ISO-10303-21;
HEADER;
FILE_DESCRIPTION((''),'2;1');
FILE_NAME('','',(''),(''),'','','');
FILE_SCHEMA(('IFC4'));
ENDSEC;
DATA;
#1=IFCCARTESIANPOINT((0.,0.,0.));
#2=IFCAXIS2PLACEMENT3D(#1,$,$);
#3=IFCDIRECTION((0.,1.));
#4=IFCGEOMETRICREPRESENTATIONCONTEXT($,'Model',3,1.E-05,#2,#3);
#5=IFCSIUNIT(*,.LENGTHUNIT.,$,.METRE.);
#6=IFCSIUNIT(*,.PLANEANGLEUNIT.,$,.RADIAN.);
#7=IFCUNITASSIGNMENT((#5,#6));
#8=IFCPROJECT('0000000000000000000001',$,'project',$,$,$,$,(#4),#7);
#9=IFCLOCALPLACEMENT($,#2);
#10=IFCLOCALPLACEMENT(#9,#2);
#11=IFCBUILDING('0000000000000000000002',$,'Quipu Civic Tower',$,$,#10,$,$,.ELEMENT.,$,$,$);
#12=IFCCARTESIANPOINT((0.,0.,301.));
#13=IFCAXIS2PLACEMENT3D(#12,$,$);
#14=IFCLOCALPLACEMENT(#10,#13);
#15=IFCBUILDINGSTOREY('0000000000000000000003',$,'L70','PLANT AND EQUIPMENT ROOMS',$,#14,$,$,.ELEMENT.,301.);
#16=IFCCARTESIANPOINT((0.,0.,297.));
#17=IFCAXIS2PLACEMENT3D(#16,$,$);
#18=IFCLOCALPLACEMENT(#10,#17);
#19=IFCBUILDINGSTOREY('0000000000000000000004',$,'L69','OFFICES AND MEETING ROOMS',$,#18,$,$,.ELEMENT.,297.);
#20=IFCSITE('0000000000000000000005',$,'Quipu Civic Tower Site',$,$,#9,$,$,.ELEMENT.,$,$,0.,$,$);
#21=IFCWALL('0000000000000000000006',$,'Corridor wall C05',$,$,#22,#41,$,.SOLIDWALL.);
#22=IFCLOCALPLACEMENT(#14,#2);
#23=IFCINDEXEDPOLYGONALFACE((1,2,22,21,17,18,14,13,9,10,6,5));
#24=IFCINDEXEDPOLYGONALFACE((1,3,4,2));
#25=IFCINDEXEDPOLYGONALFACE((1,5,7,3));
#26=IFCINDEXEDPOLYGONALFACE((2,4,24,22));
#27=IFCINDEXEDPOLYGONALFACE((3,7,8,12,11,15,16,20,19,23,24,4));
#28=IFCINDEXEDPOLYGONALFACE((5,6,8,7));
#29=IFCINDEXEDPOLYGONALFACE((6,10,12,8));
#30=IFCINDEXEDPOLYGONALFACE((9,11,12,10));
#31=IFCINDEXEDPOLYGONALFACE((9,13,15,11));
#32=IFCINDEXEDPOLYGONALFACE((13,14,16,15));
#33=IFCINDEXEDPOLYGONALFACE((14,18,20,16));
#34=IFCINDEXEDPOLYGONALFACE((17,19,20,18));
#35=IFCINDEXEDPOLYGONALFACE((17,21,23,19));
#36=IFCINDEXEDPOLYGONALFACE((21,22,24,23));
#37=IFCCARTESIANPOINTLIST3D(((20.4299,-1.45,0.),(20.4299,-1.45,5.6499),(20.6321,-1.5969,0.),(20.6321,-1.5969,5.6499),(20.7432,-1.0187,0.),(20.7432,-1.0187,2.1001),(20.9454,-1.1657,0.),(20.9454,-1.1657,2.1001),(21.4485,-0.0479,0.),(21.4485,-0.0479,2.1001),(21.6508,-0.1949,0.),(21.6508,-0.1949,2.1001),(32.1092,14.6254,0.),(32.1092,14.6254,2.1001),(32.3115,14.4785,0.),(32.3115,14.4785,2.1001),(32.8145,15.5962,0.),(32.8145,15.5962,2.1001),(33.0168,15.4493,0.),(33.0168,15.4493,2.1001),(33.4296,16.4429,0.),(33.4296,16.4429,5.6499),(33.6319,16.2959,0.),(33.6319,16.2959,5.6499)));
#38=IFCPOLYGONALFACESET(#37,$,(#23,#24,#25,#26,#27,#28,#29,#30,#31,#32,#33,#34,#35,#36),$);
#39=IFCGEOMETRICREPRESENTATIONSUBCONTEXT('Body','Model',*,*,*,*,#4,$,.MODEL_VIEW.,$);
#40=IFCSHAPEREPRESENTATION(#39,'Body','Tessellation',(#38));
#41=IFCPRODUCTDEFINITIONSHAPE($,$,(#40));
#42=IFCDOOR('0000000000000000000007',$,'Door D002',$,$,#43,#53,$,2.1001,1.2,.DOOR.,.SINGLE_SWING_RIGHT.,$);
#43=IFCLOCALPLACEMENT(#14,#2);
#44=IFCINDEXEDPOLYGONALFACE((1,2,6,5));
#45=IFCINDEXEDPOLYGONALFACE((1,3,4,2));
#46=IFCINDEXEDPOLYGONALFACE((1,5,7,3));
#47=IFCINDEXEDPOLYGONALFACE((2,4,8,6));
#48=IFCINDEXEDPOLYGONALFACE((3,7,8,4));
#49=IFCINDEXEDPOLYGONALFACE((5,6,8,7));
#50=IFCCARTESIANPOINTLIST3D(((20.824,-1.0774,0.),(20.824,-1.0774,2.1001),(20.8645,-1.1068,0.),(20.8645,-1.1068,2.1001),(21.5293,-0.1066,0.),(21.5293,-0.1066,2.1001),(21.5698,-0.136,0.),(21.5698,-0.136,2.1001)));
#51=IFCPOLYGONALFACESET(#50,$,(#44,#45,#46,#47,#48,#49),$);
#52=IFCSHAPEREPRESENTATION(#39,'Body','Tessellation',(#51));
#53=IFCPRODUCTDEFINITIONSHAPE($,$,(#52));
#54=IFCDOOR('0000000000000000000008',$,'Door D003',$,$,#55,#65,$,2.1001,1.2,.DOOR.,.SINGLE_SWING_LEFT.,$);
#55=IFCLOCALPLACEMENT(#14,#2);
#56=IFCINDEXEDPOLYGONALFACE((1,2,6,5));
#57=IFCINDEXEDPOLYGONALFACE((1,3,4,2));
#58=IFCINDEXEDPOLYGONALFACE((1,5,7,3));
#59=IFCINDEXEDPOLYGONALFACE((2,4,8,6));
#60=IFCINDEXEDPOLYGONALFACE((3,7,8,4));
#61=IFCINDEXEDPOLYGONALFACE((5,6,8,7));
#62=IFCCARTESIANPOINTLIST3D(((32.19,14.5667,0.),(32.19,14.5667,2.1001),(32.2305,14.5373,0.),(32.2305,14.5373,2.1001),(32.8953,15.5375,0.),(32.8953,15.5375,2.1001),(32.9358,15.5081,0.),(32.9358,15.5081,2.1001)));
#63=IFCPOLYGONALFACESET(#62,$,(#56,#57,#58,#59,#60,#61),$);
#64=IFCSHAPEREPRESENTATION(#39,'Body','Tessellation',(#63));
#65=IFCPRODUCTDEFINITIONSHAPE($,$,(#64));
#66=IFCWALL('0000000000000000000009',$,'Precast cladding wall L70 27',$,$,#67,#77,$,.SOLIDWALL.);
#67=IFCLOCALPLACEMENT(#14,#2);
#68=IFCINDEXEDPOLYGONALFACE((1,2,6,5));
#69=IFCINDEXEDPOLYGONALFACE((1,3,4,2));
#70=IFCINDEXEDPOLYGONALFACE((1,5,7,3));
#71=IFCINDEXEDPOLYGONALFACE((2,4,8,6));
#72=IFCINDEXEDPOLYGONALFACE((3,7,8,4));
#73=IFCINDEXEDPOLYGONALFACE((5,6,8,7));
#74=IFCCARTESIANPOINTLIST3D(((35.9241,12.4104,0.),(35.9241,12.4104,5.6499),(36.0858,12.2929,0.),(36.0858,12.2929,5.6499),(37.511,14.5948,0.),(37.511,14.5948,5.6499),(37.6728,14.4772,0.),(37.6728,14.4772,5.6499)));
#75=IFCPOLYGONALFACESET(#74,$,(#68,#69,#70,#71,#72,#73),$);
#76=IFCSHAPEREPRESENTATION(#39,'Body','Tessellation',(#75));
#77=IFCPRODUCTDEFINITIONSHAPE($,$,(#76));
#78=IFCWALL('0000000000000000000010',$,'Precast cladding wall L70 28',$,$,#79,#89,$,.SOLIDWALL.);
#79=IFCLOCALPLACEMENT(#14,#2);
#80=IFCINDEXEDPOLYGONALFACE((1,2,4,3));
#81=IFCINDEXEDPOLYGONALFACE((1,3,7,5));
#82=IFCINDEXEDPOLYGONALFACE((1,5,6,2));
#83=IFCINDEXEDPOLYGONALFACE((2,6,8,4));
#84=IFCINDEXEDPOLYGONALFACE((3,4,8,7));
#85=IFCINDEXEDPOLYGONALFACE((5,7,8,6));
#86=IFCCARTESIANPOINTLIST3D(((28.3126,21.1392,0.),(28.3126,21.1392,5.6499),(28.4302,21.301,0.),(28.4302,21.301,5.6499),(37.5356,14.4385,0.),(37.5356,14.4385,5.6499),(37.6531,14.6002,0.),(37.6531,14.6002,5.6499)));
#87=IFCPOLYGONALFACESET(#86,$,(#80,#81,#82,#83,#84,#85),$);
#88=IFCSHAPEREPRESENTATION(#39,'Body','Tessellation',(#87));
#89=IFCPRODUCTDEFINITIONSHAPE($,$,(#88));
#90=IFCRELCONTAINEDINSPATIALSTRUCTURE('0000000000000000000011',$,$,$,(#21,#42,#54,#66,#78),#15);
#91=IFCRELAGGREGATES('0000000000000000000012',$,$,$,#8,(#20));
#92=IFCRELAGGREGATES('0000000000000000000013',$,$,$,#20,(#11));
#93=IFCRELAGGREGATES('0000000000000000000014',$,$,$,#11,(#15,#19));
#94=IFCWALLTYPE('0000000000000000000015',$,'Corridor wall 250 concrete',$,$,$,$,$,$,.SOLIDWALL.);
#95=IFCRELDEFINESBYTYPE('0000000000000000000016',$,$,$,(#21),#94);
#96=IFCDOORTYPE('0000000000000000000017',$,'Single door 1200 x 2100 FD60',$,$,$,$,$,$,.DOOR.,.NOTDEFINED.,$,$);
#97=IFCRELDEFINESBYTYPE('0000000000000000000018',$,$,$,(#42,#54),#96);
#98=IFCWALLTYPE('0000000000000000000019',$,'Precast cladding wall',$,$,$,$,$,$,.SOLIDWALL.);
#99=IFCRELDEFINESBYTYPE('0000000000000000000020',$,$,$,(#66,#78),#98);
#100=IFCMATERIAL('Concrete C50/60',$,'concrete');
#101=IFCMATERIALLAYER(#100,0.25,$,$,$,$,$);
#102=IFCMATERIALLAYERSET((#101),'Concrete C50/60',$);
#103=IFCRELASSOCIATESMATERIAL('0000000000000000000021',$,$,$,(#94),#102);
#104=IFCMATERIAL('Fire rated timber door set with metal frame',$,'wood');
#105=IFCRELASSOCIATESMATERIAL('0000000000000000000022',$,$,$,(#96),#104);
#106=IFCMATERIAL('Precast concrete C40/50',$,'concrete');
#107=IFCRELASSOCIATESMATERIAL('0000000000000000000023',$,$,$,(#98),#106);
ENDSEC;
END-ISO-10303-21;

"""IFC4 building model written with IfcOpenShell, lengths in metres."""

from ifc_helpers import new_model, si_unit, direction, frame, frame_2d, origin, place, context, subcontext, project, spatial, rectangle, extrude, material, layer, layer_set, type_object, element, fill, save


model = new_model("IFC4")

# Units and contexts
model_context = context("Model", 3, precision=1e-05, world=origin(), true_north=direction((0.0, 1.0)))
body_context = subcontext(model_context, "Body", "Model", "MODEL_VIEW")
ifc_project = project(units=[si_unit("LENGTHUNIT", "METRE"), si_unit("PLANEANGLEUNIT", "RADIAN")], contexts=[model_context])

# Site, building, storey
site_placement = place(None, origin())
site = spatial("IfcSite", under=ifc_project, at=site_placement, Name="Quipu Civic Tower Site", CompositionType="ELEMENT", RefElevation=0.0)
building_placement = place(site_placement, origin())
building = spatial("IfcBuilding", under=site, at=building_placement, Name="Quipu Civic Tower", CompositionType="ELEMENT")
storey_1_placement = place(building_placement, frame((0.0, 0.0, 301.0)))
storey_1 = spatial("IfcBuildingStorey", under=building, at=storey_1_placement, Name="L70", Description="PLANT AND EQUIPMENT ROOMS", CompositionType="ELEMENT", Elevation=301.0)

# Shared definitions
storey_2_placement = place(building_placement, frame((0.0, 0.0, 297.0)))
storey_2 = spatial("IfcBuildingStorey", under=building, at=storey_2_placement, Name="L69", Description="OFFICES AND MEETING ROOMS", CompositionType="ELEMENT", Elevation=297.0)

# Wall, openings, doors
ifc_material_1 = material(Name="Concrete C50/60", Category="concrete")
ifc_layer_1 = layer(ifc_material_1, 0.25)
ifc_layer_set_1 = layer_set([ifc_layer_1], Name="Concrete C50/60")
wall_type_1 = type_object("IfcWallType", Name="Corridor wall 250 concrete", PredefinedType="SOLIDWALL", material=ifc_layer_set_1)
wall_1_placement = place(storey_1_placement, frame((33.5308, 16.3694, 0.0), z_axis=(0.0, 0.0, 1.0), x_axis=(-0.587781, -0.80902, 0.0)))
wall_1 = element("IfcWall", 1, at=wall_1_placement, inside=storey_1, type_object=wall_type_1, Name="Corridor wall C05", PredefinedType="SOLIDWALL", context=body_context, shape_type="SweptSolid", body=[
    extrude(rectangle(XDim=22.1167, YDim=0.25, at=frame_2d((11.0583, 0.0))), origin(), (0.0, 0.0, 1.0), 5.6499),
])
opening_1_placement = place(wall_1_placement, frame((20.3835, 0.0, 0.0)))
opening_1 = element("IfcOpeningElement", 2, at=opening_1_placement, cuts=wall_1, PredefinedType="OPENING", context=body_context, shape_type="SweptSolid", body=[
    extrude(rectangle(XDim=1.2, YDim=2.1001, at=frame_2d((0.6001, 1.05))), frame((0.0, 0.135, 0.0), z_axis=(0.0, -1.0, 0.0), x_axis=(1.0, 0.0, 0.0)), (0.0, 0.0, 1.0), 0.27),
])
opening_2_placement = place(wall_1_placement, frame((1.0464, 0.0, 0.0)))
opening_2 = element("IfcOpeningElement", 3, at=opening_2_placement, cuts=wall_1, PredefinedType="OPENING", context=body_context, shape_type="SweptSolid", body=[
    extrude(rectangle(XDim=1.2, YDim=2.1001, at=frame_2d((0.6001, 1.05))), frame((0.0, 0.135, 0.0), z_axis=(0.0, -1.0, 0.0), x_axis=(1.0, 0.0, 0.0)), (0.0, 0.0, 1.0), 0.27),
])
ifc_material_2 = material(Name="Fire rated timber door set with metal frame", Category="wood")
door_type = type_object("IfcDoorType", Name="Single door 1200 x 2100 FD60", OperationType="NOTDEFINED", PredefinedType="DOOR", material=ifc_material_2)
door_1_placement = place(opening_1_placement, origin())
door_1 = element("IfcDoor", 4, at=door_1_placement, inside=storey_1, type_object=door_type, Name="Door D002", OperationType="SINGLE_SWING_RIGHT", OverallHeight=2.1001, OverallWidth=1.2, PredefinedType="DOOR", context=body_context, shape_type="SweptSolid", body=[
    extrude(rectangle(XDim=1.2, YDim=2.1001, at=frame_2d((0.6001, 1.05))), frame((0.0, 0.0249, 0.0), z_axis=(0.0, -1.0, 0.0), x_axis=(1.0, 0.0, 0.0)), (0.0, 0.0, 1.0), 0.05),
])
fill(opening_1, door_1)
door_2_placement = place(opening_2_placement, origin())
door_2 = element("IfcDoor", 5, at=door_2_placement, inside=storey_1, type_object=door_type, Name="Door D003", OperationType="SINGLE_SWING_LEFT", OverallHeight=2.1001, OverallWidth=1.2, PredefinedType="DOOR", context=body_context, shape_type="SweptSolid", body=[
    extrude(rectangle(XDim=1.2, YDim=2.1001, at=frame_2d((0.6001, 1.05))), frame((0.0, 0.0249, 0.0), z_axis=(0.0, -1.0, 0.0), x_axis=(1.0, 0.0, 0.0)), (0.0, 0.0, 1.0), 0.05),
])
fill(opening_2, door_2)

# Walls
ifc_material_3 = material(Name="Precast concrete C40/50", Category="concrete")
wall_type_2 = type_object("IfcWallType", Name="Precast cladding wall", PredefinedType="SOLIDWALL", material=ifc_material_3)
wall_2_placement = place(storey_1_placement, frame((36.0049, 12.3516, 0.0), z_axis=(0.0, 0.0, 1.0), x_axis=(0.587763, 0.809033, 0.0)))
element("IfcWall", 6, at=wall_2_placement, inside=storey_1, type_object=wall_type_2, Name="Precast cladding wall L70 27", PredefinedType="SOLIDWALL", context=body_context, shape_type="SweptSolid", body=[
    extrude(rectangle(XDim=2.7, YDim=0.2, at=frame_2d((1.3501, 0.0))), origin(), (0.0, 0.0, 1.0), 5.6499),
])
wall_3_placement = place(storey_1_placement, frame((37.5945, 14.5193, 0.0), z_axis=(0.0, 0.0, 1.0), x_axis=(-0.809023, 0.587777, 0.0)))
element("IfcWall", 7, at=wall_3_placement, inside=storey_1, type_object=wall_type_2, Name="Precast cladding wall L70 28", PredefinedType="SOLIDWALL", context=body_context, shape_type="SweptSolid", body=[
    extrude(rectangle(XDim=11.4001, YDim=0.2, at=frame_2d((5.7002, 0.0))), origin(), (0.0, 0.0, 1.0), 5.6499),
])

save(model, "model.ifc")
